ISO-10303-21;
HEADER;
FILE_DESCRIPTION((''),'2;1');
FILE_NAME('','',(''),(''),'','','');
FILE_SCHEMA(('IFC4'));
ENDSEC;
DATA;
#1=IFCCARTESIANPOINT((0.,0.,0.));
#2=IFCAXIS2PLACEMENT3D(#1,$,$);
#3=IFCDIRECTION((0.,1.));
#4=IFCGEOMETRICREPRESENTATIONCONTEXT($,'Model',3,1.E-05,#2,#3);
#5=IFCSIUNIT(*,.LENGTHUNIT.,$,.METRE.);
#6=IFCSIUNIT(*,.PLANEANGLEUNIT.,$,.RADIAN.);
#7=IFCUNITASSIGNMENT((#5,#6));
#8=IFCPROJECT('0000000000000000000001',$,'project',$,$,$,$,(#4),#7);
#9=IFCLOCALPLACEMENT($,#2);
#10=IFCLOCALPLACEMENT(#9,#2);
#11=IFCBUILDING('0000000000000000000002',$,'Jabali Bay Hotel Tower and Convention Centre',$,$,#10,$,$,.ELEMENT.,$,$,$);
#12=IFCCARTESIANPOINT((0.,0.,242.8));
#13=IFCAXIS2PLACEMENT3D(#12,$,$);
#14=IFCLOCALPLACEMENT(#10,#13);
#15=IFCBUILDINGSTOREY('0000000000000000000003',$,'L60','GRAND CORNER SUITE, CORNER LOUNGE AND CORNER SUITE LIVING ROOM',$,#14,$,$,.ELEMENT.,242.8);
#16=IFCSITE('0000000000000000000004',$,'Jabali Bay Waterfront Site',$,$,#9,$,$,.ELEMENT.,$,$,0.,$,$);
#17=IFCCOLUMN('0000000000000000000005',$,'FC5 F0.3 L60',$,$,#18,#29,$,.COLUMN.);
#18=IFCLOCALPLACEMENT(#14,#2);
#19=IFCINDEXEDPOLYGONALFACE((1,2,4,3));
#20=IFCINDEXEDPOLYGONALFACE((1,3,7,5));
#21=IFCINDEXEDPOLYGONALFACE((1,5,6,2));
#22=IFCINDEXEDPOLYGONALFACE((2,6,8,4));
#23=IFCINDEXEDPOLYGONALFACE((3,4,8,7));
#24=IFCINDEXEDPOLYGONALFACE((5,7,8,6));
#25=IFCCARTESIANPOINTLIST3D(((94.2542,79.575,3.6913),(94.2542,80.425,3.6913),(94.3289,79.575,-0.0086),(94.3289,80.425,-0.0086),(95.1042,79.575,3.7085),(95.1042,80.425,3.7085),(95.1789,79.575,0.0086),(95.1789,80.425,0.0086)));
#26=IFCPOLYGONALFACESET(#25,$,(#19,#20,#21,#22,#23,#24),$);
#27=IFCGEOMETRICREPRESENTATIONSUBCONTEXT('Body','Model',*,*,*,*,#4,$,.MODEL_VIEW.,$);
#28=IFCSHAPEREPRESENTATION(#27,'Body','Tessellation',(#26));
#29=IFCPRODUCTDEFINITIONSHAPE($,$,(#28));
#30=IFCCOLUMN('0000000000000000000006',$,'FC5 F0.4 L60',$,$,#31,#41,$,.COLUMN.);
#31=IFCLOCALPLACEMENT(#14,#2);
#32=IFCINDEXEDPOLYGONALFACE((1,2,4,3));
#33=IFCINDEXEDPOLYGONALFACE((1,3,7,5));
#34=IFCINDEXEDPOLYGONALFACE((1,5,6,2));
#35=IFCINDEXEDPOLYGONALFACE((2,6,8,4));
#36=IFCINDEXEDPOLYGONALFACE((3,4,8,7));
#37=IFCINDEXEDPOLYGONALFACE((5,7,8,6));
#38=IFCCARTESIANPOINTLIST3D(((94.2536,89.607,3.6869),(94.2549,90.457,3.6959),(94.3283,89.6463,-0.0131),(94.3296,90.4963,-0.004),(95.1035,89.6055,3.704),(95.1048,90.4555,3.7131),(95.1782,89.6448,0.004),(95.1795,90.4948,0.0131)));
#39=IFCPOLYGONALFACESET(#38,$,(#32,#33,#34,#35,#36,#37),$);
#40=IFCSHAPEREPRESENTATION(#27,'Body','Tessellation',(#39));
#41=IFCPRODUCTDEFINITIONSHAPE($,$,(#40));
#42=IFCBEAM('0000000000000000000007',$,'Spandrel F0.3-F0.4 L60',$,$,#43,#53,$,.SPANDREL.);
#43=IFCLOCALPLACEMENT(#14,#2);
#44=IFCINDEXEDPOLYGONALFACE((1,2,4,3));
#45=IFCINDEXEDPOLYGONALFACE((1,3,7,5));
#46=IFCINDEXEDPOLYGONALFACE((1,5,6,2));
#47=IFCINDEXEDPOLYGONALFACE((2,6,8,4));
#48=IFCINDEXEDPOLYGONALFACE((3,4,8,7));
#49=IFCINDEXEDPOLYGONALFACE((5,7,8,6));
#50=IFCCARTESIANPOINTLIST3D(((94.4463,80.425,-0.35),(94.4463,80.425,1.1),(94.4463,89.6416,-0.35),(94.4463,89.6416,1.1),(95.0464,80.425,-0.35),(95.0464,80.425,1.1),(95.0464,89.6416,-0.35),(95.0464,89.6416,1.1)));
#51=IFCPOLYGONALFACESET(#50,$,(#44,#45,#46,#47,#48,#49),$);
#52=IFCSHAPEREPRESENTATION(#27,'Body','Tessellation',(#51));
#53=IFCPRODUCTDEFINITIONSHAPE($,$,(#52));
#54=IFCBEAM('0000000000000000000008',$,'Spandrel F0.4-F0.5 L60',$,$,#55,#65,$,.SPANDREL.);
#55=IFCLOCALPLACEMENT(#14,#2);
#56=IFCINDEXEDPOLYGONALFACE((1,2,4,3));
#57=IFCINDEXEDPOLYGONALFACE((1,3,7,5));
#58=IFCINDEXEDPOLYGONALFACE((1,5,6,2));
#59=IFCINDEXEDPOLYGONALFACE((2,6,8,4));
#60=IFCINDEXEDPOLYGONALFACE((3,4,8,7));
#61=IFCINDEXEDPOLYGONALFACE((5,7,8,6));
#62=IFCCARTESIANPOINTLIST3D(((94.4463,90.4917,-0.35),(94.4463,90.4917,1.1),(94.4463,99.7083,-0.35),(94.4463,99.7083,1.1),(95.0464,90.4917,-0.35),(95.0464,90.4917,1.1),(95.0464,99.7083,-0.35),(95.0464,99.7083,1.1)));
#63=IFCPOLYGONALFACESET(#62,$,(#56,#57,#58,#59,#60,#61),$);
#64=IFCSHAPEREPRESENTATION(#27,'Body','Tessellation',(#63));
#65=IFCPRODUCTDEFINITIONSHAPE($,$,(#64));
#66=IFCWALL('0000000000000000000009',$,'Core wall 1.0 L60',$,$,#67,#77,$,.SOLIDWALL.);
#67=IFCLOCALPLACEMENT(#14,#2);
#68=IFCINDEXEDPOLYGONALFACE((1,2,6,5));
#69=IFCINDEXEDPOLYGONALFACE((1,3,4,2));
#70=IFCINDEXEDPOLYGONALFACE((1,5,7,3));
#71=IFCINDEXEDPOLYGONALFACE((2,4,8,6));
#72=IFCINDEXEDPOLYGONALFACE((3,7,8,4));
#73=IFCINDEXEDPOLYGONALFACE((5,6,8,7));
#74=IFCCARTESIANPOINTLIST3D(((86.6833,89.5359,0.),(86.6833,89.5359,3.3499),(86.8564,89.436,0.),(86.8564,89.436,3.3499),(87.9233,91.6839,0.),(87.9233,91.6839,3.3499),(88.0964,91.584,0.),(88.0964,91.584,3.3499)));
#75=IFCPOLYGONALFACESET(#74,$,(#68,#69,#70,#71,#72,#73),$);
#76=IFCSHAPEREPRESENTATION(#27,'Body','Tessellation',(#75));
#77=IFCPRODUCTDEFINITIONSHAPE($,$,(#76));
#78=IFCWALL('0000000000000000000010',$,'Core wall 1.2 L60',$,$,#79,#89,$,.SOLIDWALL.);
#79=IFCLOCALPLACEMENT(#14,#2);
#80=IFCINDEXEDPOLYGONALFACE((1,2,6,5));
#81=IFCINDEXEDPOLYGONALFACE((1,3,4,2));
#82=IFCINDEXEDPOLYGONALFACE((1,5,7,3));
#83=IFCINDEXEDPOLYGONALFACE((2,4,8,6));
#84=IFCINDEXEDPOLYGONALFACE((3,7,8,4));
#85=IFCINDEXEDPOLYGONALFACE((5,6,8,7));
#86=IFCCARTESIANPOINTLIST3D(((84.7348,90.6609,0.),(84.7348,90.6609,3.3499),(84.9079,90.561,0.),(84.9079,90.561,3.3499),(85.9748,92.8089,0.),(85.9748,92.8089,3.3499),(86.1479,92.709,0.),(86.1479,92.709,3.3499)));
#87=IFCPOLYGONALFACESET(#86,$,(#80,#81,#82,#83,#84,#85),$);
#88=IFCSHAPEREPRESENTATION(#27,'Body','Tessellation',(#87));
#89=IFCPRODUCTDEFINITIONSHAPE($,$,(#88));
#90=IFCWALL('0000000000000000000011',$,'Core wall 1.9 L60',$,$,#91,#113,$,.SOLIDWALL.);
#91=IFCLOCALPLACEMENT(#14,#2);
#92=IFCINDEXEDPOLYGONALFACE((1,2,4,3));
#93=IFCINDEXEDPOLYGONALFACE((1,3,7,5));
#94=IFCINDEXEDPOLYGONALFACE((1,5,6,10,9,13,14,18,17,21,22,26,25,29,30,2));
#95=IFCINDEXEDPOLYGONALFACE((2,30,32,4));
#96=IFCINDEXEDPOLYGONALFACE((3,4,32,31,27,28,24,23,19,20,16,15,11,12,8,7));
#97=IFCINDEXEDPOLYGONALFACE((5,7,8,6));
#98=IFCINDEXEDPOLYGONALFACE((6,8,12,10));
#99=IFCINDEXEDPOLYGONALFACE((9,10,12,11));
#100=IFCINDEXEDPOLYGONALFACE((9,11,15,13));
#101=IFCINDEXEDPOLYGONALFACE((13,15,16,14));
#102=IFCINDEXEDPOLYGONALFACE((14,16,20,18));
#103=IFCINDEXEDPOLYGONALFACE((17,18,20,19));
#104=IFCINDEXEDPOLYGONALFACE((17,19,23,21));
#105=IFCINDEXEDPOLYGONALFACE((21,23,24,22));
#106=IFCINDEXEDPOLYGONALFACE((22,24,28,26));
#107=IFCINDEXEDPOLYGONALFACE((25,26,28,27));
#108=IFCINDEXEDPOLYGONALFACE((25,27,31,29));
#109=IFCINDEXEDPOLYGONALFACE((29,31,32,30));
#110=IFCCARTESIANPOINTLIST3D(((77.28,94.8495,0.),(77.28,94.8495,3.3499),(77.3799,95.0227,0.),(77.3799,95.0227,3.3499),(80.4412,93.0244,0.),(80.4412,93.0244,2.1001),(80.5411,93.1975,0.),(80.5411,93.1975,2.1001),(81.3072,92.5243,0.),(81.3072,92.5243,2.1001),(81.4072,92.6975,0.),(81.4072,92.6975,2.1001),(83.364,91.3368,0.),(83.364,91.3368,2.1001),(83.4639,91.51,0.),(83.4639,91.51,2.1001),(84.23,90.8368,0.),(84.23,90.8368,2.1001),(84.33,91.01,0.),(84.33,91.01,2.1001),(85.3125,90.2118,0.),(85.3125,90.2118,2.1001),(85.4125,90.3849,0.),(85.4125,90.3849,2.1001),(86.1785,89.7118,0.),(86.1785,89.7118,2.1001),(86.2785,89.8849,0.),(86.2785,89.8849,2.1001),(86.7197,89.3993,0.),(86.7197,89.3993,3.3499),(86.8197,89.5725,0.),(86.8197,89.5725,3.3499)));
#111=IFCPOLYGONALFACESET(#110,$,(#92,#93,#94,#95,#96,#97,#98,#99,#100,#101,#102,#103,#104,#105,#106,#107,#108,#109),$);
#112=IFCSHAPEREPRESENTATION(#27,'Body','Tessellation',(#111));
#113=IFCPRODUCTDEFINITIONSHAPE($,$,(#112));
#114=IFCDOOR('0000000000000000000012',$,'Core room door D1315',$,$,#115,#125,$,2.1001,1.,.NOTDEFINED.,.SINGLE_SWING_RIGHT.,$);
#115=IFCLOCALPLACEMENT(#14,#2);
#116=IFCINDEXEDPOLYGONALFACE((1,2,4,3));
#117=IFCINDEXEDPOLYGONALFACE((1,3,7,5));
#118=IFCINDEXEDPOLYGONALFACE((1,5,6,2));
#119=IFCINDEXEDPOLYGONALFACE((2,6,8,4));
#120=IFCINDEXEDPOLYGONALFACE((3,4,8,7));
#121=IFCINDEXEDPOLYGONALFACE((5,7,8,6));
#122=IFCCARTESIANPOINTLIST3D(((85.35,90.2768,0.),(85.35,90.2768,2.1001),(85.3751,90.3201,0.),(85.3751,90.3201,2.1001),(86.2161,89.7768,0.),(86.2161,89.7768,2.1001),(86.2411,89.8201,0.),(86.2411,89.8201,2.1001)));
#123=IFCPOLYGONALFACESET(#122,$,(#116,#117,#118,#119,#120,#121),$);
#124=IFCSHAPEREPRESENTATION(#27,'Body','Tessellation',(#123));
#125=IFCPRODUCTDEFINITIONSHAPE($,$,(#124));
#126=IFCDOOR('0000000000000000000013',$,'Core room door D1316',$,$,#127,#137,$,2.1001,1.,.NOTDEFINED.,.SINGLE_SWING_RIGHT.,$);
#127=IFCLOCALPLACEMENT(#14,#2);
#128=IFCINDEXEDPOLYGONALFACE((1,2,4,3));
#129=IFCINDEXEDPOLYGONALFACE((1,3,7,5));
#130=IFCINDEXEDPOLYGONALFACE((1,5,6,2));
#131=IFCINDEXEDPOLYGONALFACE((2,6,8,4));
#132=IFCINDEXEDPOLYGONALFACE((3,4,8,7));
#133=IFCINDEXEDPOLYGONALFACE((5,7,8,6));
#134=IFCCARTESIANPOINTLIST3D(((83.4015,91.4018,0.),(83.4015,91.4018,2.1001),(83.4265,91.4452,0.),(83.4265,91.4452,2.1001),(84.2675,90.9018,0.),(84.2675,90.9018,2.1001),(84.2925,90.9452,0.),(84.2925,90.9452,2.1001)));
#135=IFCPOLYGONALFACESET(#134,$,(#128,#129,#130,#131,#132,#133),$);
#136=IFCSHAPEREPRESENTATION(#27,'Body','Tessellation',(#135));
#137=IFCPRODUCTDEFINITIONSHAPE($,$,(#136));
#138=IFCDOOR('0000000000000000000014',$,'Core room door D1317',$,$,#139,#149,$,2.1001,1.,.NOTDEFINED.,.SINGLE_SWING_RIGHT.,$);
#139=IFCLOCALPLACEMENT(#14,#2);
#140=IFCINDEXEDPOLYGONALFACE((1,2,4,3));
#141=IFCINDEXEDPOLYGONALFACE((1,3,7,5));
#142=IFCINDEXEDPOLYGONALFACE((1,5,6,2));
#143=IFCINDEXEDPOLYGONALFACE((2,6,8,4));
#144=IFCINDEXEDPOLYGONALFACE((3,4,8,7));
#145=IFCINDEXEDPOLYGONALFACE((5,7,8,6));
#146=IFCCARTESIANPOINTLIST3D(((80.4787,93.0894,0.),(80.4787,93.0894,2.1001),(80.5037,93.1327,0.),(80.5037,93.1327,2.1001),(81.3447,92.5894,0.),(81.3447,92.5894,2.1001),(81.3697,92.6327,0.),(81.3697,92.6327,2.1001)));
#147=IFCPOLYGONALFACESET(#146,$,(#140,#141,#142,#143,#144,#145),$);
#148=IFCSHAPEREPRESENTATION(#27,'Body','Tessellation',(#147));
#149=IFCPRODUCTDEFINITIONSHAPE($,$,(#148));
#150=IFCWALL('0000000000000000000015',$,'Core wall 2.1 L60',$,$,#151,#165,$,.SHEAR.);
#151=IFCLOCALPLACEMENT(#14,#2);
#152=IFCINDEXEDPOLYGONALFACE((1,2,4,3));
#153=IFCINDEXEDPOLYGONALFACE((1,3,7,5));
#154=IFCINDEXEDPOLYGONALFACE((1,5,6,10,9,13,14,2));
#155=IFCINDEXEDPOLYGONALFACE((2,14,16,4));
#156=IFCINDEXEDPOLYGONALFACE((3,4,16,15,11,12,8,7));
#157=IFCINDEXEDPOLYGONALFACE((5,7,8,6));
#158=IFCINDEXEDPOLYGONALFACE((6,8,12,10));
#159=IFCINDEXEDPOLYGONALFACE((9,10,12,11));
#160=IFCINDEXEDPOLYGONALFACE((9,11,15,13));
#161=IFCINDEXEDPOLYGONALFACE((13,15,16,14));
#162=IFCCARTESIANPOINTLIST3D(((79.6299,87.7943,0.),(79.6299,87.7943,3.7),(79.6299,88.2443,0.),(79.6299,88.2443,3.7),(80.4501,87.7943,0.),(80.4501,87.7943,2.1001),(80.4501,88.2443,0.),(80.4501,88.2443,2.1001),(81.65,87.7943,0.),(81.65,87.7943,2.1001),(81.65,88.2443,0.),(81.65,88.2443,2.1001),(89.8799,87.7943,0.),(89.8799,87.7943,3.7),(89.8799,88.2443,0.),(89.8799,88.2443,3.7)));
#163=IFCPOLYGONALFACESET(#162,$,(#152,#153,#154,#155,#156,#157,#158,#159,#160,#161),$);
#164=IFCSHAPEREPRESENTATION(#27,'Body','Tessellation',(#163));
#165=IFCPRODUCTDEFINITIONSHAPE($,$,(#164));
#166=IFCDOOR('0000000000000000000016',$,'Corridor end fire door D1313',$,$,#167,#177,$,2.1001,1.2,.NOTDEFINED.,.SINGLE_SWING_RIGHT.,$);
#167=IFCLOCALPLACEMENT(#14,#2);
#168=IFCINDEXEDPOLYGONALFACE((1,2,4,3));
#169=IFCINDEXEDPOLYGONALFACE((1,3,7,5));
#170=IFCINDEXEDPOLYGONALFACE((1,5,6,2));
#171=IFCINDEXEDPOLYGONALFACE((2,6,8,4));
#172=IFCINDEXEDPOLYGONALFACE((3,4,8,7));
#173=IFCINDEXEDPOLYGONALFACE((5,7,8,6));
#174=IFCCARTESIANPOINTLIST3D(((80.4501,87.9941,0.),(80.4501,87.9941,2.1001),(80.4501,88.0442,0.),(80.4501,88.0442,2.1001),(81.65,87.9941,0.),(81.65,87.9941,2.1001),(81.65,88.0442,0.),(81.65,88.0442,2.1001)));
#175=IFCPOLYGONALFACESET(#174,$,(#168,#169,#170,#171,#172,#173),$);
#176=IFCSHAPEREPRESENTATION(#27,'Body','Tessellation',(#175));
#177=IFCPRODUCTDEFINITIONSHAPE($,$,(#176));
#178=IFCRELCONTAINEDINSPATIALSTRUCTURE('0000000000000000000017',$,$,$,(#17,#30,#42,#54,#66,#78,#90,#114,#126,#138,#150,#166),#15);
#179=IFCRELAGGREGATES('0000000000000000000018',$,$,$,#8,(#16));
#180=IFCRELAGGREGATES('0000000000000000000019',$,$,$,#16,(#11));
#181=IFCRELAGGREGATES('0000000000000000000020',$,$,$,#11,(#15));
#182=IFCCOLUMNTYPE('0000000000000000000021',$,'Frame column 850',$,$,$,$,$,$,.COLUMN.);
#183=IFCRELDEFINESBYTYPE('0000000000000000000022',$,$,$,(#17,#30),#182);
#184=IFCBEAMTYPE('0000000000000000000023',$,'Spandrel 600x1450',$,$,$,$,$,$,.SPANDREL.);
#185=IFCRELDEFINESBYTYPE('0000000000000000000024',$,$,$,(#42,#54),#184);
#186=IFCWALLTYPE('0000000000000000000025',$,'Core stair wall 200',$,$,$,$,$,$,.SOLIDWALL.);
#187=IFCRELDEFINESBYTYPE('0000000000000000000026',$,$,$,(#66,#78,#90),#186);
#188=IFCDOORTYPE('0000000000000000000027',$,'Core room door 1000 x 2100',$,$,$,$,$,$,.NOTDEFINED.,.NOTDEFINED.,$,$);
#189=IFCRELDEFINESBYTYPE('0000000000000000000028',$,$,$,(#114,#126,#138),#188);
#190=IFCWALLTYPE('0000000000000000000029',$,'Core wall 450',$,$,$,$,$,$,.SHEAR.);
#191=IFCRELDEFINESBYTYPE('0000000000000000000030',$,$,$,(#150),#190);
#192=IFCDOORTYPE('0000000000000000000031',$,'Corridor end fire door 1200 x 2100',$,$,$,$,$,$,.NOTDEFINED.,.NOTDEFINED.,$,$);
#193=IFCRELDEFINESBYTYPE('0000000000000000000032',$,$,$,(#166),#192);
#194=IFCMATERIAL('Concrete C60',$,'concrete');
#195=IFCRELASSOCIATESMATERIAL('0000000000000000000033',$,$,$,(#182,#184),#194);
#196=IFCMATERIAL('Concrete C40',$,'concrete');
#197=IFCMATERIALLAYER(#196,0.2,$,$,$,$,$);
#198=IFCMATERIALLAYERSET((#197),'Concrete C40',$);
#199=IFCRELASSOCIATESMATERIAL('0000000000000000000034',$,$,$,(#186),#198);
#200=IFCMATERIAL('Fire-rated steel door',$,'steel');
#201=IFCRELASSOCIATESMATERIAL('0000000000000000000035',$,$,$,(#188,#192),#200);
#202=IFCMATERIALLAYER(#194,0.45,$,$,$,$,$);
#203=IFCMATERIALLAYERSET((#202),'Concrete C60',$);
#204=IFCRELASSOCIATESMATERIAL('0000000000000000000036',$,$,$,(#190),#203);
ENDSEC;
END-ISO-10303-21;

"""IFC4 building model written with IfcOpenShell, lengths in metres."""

from ifc_helpers import new_model, si_unit, direction, frame, frame_2d, origin, origin_2d, place, context, subcontext, project, spatial, rectangle, extrude, material, layer, layer_set, material_profile, profile_set, type_object, element, fill, save


model = new_model("IFC4")

# Units and contexts
model_context = context("Model", 3, precision=1e-05, world=origin(), true_north=direction((0.0, 1.0)))
body_context = subcontext(model_context, "Body", "Model", "MODEL_VIEW")
ifc_project = project(units=[si_unit("LENGTHUNIT", "METRE"), si_unit("PLANEANGLEUNIT", "RADIAN")], contexts=[model_context])

# Site, building, storey
site_placement = place(None, origin())
site = spatial("IfcSite", under=ifc_project, at=site_placement, Name="Jabali Bay Waterfront Site", CompositionType="ELEMENT", RefElevation=0.0)
building_placement = place(site_placement, origin())
building = spatial("IfcBuilding", under=site, at=building_placement, Name="Jabali Bay Hotel Tower and Convention Centre", CompositionType="ELEMENT")
storey_placement = place(building_placement, frame((0.0, 0.0, 242.8)))
storey = spatial("IfcBuildingStorey", under=building, at=storey_placement, Name="L60", Description="GRAND CORNER SUITE, CORNER LOUNGE AND CORNER SUITE LIVING ROOM", CompositionType="ELEMENT", Elevation=242.8)

# Columns
ifc_material_1 = material(Name="Concrete C60", Category="concrete")
ifc_material_profile_1 = material_profile(ifc_material_1, rectangle(XDim=0.8501, YDim=0.8501, at=origin_2d()), Name="Frame column 850")
ifc_profile_set_1 = profile_set([ifc_material_profile_1], Name="Concrete C60")
column_type = type_object("IfcColumnType", Name="Frame column 850", PredefinedType="COLUMN", material=ifc_profile_set_1)
column_1_placement = place(storey_placement, frame((94.7539, 80.0, 0.0), z_axis=(-0.020187, 0.0, 0.999796), x_axis=(0.0, -1.0, 0.0)))
element("IfcColumn", 1, at=column_1_placement, inside=storey, type_object=column_type, Name="FC5 F0.3 L60", PredefinedType="COLUMN", context=body_context, shape_type="SweptSolid", body=[
    extrude(rectangle(XDim=0.8501, YDim=0.8501, at=origin_2d()), origin(), (0.0, 0.0, 1.0), 3.7007),
])
column_2_placement = place(storey_placement, frame((94.7539, 90.0706, 0.0), z_axis=(-0.020186, -0.010621, 0.99974), x_axis=(0.999795, -0.001747, 0.020169)))
element("IfcColumn", 2, at=column_2_placement, inside=storey, type_object=column_type, Name="FC5 F0.4 L60", PredefinedType="COLUMN", context=body_context, shape_type="SweptSolid", body=[
    extrude(rectangle(XDim=0.8501, YDim=0.8501, at=origin_2d()), origin(), (0.0, 0.0, 1.0), 3.7009),
])

# Beams
ifc_material_profile_2 = material_profile(ifc_material_1, rectangle(XDim=0.6001, YDim=1.45, at=origin_2d()), Name="Spandrel 600x1450")
ifc_profile_set_2 = profile_set([ifc_material_profile_2], Name="Concrete C60")
beam_type = type_object("IfcBeamType", Name="Spandrel 600x1450", PredefinedType="SPANDREL", material=ifc_profile_set_2)
for number, where, z_axis, x_axis, name in (
    (3, (94.7463, 80.425, 0.375), (0.0, 1.0, 0.0), (-1.0, 0.0, 0.0), "Spandrel F0.3-F0.4 L60"),
    (4, (94.7463, 90.4917, 0.375), (0.0, 1.0, 0.0), (-1.0, 0.0, 0.0), "Spandrel F0.4-F0.5 L60"),
):
    element("IfcBeam", number, at=place(storey_placement, frame(where, z_axis=z_axis, x_axis=x_axis)), inside=storey, type_object=beam_type, Name=name, PredefinedType="SPANDREL", context=body_context, shape_type="SweptSolid", body=[
        extrude(rectangle(XDim=0.6001, YDim=1.45, at=origin_2d()), origin(), (0.0, 0.0, 1.0), 9.2166),
    ])

# Walls
ifc_material_2 = material(Name="Concrete C40", Category="concrete")
ifc_layer_1 = layer(ifc_material_2, 0.2)
ifc_layer_set_1 = layer_set([ifc_layer_1], Name="Concrete C40")
wall_type_1 = type_object("IfcWallType", Name="Core stair wall 200", PredefinedType="SOLIDWALL", material=ifc_layer_set_1)
for number, where, z_axis, x_axis, name in (
    (5, (86.7698, 89.4858, 0.0), (0.0, 0.0, 1.0), (0.499961, 0.866048, 0.0), "Core wall 1.0 L60"),
    (6, (84.8213, 90.6108, 0.0), (0.0, 0.0, 1.0), (0.499961, 0.866048, 0.0), "Core wall 1.2 L60"),
):
    element("IfcWall", number, at=place(storey_placement, frame(where, z_axis=z_axis, x_axis=x_axis)), inside=storey, type_object=wall_type_1, Name=name, PredefinedType="SOLIDWALL", context=body_context, shape_type="SweptSolid", body=[
        extrude(rectangle(XDim=2.4802, YDim=0.2, at=frame_2d((1.2402, 0.0))), origin(), (0.0, 0.0, 1.0), 3.3499),
    ])

# Wall, openings, doors
wall_1_placement = place(storey_placement, frame((86.7698, 89.4858, 0.0), z_axis=(0.0, 0.0, 1.0), x_axis=(-0.866018, 0.500013, 0.0)))
wall_1 = element("IfcWall", 7, at=wall_1_placement, inside=storey, type_object=wall_type_1, Name="Core wall 1.9 L60", PredefinedType="SOLIDWALL", context=body_context, shape_type="SweptSolid", body=[
    extrude(rectangle(XDim=10.9001, YDim=0.2, at=frame_2d((5.4502, 0.0))), origin(), (0.0, 0.0, 1.0), 3.3499),
])
opening_1_placement = place(wall_1_placement, frame((0.625, 0.0, 0.0)))
opening_1 = element("IfcOpeningElement", 8, at=opening_1_placement, cuts=wall_1, PredefinedType="OPENING", context=body_context, shape_type="SweptSolid", body=[
    extrude(rectangle(XDim=1.0, YDim=2.1001, at=frame_2d((0.5, 1.05))), frame((0.0, 0.1104, 0.0), z_axis=(0.0, -1.0, 0.0), x_axis=(1.0, 0.0, 0.0)), (0.0, 0.0, 1.0), 0.2209),
])
opening_2_placement = place(wall_1_placement, frame((2.875, 0.0, 0.0)))
opening_2 = element("IfcOpeningElement", 9, at=opening_2_placement, cuts=wall_1, PredefinedType="OPENING", context=body_context, shape_type="SweptSolid", body=[
    extrude(rectangle(XDim=1.0, YDim=2.1001, at=frame_2d((0.5, 1.05))), frame((0.0, 0.1104, 0.0), z_axis=(0.0, -1.0, 0.0), x_axis=(1.0, 0.0, 0.0)), (0.0, 0.0, 1.0), 0.2209),
])
opening_3_placement = place(wall_1_placement, frame((6.25, 0.0, 0.0)))
opening_3 = element("IfcOpeningElement", 10, at=opening_3_placement, cuts=wall_1, PredefinedType="OPENING", context=body_context, shape_type="SweptSolid", body=[
    extrude(rectangle(XDim=1.0, YDim=2.1001, at=frame_2d((0.5, 1.05))), frame((0.0, 0.1104, 0.0), z_axis=(0.0, -1.0, 0.0), x_axis=(1.0, 0.0, 0.0)), (0.0, 0.0, 1.0), 0.2209),
])
ifc_material_3 = material(Name="Fire-rated steel door", Category="steel")
door_type_1 = type_object("IfcDoorType", Name="Core room door 1000 x 2100", OperationType="NOTDEFINED", PredefinedType="NOTDEFINED", material=ifc_material_3)
door_1_placement = place(opening_1_placement, origin())
door_1 = element("IfcDoor", 11, at=door_1_placement, inside=storey, type_object=door_type_1, Name="Core room door D1315", OperationType="SINGLE_SWING_RIGHT", OverallHeight=2.1001, OverallWidth=1.0, PredefinedType="NOTDEFINED", context=body_context, shape_type="SweptSolid", body=[
    extrude(rectangle(XDim=1.0, YDim=2.1001, at=frame_2d((0.5, 1.05))), frame((0.0, 0.0249, 0.0), z_axis=(0.0, -1.0, 0.0), x_axis=(1.0, 0.0, 0.0)), (0.0, 0.0, 1.0), 0.05),
])
fill(opening_1, door_1)
door_2_placement = place(opening_2_placement, origin())
door_2 = element("IfcDoor", 12, at=door_2_placement, inside=storey, type_object=door_type_1, Name="Core room door D1316", OperationType="SINGLE_SWING_RIGHT", OverallHeight=2.1001, OverallWidth=1.0, PredefinedType="NOTDEFINED", context=body_context, shape_type="SweptSolid", body=[
    extrude(rectangle(XDim=1.0, YDim=2.1001, at=frame_2d((0.5, 1.05))), frame((0.0, 0.0249, 0.0), z_axis=(0.0, -1.0, 0.0), x_axis=(1.0, 0.0, 0.0)), (0.0, 0.0, 1.0), 0.05),
])
fill(opening_2, door_2)
door_3_placement = place(opening_3_placement, origin())
door_3 = element("IfcDoor", 13, at=door_3_placement, inside=storey, type_object=door_type_1, Name="Core room door D1317", OperationType="SINGLE_SWING_RIGHT", OverallHeight=2.1001, OverallWidth=1.0, PredefinedType="NOTDEFINED", context=body_context, shape_type="SweptSolid", body=[
    extrude(rectangle(XDim=1.0, YDim=2.1001, at=frame_2d((0.5, 1.05))), frame((0.0, 0.0249, 0.0), z_axis=(0.0, -1.0, 0.0), x_axis=(1.0, 0.0, 0.0)), (0.0, 0.0, 1.0), 0.05),
])
fill(opening_3, door_3)

# Wall, opening, door
ifc_layer_2 = layer(ifc_material_1, 0.45)
ifc_layer_set_2 = layer_set([ifc_layer_2], Name="Concrete C60")
wall_type_2 = type_object("IfcWallType", Name="Core wall 450", PredefinedType="SHEAR", material=ifc_layer_set_2)
wall_2_placement = place(storey_placement, frame((79.6299, 88.0193, 0.0), z_axis=(0.0, 0.0, 1.0), x_axis=(1.0, 0.0, 0.0)))
wall_2 = element("IfcWall", 14, at=wall_2_placement, inside=storey, type_object=wall_type_2, Name="Core wall 2.1 L60", PredefinedType="SHEAR", context=body_context, shape_type="SweptSolid", body=[
    extrude(rectangle(XDim=10.25, YDim=0.45, at=frame_2d((5.125, 0.0))), origin(), (0.0, 0.0, 1.0), 3.7),
])
opening_4_placement = place(wall_2_placement, frame((0.8201, 0.0, 0.0)))
opening_4 = element("IfcOpeningElement", 15, at=opening_4_placement, cuts=wall_2, PredefinedType="OPENING", context=body_context, shape_type="SweptSolid", body=[
    extrude(rectangle(XDim=1.2, YDim=2.1001, at=frame_2d((0.6001, 1.05))), frame((0.0, 0.2354, 0.0), z_axis=(0.0, -1.0, 0.0), x_axis=(1.0, 0.0, 0.0)), (0.0, 0.0, 1.0), 0.4709),
])
door_type_2 = type_object("IfcDoorType", Name="Corridor end fire door 1200 x 2100", OperationType="NOTDEFINED", PredefinedType="NOTDEFINED", material=ifc_material_3)
door_4_placement = place(opening_4_placement, origin())
door_4 = element("IfcDoor", 16, at=door_4_placement, inside=storey, type_object=door_type_2, Name="Corridor end fire door D1313", OperationType="SINGLE_SWING_RIGHT", OverallHeight=2.1001, OverallWidth=1.2, PredefinedType="NOTDEFINED", context=body_context, shape_type="SweptSolid", body=[
    extrude(rectangle(XDim=1.2, YDim=2.1001, at=frame_2d((0.6001, 1.05))), frame((0.0, 0.0249, 0.0), z_axis=(0.0, -1.0, 0.0), x_axis=(1.0, 0.0, 0.0)), (0.0, 0.0, 1.0), 0.05),
])
fill(opening_4, door_4)

save(model, "model.ifc")
